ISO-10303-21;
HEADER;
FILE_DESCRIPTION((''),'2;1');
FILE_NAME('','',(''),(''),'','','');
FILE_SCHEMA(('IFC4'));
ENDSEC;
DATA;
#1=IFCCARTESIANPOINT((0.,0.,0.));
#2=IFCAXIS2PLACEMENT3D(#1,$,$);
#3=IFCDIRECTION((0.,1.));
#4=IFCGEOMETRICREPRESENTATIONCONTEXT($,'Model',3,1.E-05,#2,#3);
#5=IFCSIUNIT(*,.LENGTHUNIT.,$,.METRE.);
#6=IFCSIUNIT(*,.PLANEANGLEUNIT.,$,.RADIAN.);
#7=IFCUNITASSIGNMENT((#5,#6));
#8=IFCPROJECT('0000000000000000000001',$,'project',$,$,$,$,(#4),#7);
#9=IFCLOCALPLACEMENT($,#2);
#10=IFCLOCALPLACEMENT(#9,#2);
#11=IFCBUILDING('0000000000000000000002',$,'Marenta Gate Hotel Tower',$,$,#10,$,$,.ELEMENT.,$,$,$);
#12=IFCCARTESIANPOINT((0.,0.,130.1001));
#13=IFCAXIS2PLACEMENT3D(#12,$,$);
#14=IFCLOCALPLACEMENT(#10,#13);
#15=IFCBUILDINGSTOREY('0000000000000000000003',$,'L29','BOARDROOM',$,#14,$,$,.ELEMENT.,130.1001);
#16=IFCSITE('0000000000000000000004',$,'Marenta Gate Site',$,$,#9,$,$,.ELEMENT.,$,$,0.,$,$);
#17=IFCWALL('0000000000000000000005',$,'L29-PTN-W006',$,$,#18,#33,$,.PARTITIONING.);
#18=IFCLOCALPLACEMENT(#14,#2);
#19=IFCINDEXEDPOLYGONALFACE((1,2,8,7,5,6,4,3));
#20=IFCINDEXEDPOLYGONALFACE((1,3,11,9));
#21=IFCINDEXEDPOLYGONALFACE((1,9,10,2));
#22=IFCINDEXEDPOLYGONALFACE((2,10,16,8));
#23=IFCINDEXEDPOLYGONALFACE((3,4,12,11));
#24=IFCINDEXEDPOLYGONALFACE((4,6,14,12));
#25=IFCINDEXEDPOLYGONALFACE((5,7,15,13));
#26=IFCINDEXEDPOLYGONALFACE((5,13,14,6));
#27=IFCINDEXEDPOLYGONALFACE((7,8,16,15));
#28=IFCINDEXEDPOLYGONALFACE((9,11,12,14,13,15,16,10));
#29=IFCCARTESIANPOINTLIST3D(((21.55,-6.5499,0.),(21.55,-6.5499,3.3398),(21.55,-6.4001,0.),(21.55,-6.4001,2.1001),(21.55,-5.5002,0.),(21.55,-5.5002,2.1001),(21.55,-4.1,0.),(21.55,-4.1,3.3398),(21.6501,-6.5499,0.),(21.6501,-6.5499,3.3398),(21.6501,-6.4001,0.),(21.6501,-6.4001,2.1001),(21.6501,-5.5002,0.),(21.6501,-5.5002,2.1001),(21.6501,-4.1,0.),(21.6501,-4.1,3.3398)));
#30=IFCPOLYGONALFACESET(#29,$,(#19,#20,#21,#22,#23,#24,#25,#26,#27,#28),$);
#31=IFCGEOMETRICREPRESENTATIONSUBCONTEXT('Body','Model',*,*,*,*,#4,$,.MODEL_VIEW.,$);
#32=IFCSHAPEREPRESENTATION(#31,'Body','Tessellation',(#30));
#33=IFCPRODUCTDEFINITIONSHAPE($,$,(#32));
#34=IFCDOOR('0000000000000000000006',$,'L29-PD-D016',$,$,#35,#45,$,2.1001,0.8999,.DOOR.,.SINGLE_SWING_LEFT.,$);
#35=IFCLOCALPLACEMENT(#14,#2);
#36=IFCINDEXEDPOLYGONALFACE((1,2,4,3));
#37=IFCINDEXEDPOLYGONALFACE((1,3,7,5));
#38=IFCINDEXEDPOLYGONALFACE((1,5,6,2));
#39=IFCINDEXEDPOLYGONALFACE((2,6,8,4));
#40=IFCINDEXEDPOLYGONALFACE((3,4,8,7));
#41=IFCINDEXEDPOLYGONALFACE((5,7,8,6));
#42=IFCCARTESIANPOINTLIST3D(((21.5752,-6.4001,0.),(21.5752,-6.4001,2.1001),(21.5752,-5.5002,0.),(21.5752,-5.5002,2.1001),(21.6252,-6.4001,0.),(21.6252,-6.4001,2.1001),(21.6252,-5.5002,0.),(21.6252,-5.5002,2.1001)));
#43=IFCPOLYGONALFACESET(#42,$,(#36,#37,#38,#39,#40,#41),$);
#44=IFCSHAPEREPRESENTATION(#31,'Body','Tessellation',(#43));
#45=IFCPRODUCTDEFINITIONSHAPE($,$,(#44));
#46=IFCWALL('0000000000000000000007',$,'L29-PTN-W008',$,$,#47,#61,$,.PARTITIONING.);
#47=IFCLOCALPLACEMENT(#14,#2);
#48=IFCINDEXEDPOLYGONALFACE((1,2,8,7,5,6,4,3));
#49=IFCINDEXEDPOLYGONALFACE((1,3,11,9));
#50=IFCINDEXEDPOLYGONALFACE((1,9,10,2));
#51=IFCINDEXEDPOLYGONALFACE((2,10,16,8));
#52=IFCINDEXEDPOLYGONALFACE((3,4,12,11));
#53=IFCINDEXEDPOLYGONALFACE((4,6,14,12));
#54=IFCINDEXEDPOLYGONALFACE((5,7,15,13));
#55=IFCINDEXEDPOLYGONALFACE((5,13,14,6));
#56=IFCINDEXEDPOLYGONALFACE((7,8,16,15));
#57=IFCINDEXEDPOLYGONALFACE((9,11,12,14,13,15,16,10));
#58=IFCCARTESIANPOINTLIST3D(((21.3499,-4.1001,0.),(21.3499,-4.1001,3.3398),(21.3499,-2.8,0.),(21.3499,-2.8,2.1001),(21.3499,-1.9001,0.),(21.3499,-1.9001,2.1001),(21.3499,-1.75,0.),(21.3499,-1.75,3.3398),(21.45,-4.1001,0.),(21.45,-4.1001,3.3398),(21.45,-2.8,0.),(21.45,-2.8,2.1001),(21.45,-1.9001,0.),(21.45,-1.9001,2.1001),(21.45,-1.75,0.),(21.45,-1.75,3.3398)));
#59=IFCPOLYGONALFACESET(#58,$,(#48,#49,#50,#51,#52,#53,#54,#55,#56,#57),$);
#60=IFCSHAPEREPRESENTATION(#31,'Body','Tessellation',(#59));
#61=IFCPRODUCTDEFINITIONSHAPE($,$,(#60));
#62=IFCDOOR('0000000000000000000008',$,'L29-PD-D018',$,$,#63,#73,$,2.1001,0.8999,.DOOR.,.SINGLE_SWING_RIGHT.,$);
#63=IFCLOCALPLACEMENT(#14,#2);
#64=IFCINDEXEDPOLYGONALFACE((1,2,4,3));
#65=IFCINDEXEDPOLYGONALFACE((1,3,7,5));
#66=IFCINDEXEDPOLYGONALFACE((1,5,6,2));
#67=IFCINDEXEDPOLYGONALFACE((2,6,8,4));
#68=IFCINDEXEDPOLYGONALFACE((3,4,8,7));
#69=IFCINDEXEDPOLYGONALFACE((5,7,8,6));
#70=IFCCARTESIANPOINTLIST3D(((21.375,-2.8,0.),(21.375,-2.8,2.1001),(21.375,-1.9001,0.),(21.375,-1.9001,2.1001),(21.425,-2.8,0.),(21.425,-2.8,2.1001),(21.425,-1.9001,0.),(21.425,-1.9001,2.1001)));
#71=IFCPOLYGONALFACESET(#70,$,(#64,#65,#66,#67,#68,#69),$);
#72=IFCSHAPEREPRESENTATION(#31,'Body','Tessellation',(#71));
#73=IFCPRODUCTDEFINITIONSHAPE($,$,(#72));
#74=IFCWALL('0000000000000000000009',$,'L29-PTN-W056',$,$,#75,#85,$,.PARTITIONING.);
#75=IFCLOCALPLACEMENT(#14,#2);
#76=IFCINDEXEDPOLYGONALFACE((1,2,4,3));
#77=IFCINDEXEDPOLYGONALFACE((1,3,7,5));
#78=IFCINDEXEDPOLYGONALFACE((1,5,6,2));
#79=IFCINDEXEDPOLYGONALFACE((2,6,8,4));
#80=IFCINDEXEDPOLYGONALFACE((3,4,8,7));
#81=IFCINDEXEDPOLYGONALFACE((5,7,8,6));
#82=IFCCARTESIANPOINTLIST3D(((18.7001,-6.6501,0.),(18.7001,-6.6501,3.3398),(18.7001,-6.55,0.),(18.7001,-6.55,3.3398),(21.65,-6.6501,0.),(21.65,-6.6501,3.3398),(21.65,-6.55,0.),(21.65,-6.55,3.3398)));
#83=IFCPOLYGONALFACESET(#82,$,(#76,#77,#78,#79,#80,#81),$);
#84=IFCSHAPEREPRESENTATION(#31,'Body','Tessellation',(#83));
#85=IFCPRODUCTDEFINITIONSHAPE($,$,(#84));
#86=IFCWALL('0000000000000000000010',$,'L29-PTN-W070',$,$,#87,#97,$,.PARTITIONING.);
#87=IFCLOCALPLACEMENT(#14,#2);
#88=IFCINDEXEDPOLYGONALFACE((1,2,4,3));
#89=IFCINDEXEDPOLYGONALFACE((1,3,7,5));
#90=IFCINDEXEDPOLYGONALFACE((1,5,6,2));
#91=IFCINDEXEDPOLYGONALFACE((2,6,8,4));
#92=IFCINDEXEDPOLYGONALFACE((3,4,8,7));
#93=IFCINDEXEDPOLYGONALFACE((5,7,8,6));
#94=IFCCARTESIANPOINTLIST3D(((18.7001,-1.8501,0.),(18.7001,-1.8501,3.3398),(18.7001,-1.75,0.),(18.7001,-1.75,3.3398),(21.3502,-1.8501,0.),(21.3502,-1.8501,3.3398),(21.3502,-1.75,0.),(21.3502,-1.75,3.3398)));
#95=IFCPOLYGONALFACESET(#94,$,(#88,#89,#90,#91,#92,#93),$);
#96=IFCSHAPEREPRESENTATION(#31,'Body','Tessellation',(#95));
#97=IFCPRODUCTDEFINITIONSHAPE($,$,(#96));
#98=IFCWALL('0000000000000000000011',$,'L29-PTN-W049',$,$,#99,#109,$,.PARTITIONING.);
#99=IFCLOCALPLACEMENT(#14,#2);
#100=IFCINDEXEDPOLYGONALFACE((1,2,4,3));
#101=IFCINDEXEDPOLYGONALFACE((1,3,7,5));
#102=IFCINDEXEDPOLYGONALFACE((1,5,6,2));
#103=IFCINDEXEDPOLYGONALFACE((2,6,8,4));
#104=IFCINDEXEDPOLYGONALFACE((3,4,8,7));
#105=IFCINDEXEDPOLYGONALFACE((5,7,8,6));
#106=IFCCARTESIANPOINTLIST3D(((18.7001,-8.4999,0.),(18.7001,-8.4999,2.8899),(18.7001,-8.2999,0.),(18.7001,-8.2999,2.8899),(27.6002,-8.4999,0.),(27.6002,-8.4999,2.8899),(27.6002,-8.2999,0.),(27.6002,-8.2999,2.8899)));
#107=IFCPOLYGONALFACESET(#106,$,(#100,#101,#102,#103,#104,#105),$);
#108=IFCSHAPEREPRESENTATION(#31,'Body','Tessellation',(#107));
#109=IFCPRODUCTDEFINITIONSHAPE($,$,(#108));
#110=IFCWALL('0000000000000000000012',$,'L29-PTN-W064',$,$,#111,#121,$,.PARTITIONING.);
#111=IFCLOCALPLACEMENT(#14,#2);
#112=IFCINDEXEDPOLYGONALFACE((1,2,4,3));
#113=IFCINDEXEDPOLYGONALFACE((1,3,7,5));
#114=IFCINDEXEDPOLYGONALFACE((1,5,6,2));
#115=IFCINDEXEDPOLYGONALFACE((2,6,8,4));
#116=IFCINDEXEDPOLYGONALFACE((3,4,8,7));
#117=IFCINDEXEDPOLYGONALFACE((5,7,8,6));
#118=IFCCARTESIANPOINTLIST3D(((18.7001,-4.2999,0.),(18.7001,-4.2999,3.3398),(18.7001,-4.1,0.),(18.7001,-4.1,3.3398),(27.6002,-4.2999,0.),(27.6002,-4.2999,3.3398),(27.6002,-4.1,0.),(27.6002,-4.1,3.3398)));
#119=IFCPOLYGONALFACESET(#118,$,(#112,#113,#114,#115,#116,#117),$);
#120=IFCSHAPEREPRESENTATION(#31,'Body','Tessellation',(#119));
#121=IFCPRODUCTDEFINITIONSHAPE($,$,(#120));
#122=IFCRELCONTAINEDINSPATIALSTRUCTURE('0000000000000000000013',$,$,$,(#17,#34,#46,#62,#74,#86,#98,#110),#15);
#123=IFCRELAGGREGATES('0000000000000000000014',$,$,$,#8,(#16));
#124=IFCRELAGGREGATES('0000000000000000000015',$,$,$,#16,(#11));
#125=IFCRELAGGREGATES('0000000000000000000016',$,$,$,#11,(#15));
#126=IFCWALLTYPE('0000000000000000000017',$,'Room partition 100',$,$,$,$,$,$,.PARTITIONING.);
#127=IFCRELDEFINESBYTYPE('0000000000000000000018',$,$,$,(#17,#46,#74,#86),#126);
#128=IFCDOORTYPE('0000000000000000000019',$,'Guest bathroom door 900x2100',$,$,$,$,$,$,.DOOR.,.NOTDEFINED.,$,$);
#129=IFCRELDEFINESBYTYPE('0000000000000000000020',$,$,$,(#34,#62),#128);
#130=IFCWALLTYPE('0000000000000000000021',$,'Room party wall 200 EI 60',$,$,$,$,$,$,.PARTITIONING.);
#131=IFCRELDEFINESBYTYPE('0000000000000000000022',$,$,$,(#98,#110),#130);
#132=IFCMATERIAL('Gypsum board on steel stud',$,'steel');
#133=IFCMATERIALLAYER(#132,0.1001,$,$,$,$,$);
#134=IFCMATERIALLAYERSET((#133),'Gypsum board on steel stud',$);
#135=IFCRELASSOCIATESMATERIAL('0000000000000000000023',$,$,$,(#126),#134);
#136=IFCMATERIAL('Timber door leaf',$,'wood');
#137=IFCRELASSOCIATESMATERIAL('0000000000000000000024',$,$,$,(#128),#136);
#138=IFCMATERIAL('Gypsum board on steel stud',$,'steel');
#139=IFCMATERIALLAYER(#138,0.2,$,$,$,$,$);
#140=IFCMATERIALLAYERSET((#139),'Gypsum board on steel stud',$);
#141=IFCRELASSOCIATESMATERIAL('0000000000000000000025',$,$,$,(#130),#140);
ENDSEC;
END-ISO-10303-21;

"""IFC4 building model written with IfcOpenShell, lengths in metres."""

from ifc_helpers import new_model, si_unit, direction, frame, frame_2d, origin, place, context, subcontext, project, spatial, rectangle, extrude, material, layer, layer_set, type_object, element, fill, save


model = new_model("IFC4")

# Units and contexts
model_context = context("Model", 3, precision=1e-05, world=origin(), true_north=direction((0.0, 1.0)))
body_context = subcontext(model_context, "Body", "Model", "MODEL_VIEW")
ifc_project = project(units=[si_unit("LENGTHUNIT", "METRE"), si_unit("PLANEANGLEUNIT", "RADIAN")], contexts=[model_context])

# Site, building, storey
site_placement = place(None, origin())
site = spatial("IfcSite", under=ifc_project, at=site_placement, Name="Marenta Gate Site", CompositionType="ELEMENT", RefElevation=0.0)
building_placement = place(site_placement, origin())
building = spatial("IfcBuilding", under=site, at=building_placement, Name="Marenta Gate Hotel Tower", CompositionType="ELEMENT")
storey_placement = place(building_placement, frame((0.0, 0.0, 130.1001)))
storey = spatial("IfcBuildingStorey", under=building, at=storey_placement, Name="L29", Description="BOARDROOM", CompositionType="ELEMENT", Elevation=130.1001)

# Walls, openings, doors
ifc_material_1 = material(Name="Gypsum board on steel stud", Category="steel")
ifc_layer_1 = layer(ifc_material_1, 0.1001)
ifc_layer_set_1 = layer_set([ifc_layer_1], Name="Gypsum board on steel stud")
wall_type_1 = type_object("IfcWallType", Name="Room partition 100", PredefinedType="PARTITIONING", material=ifc_layer_set_1)
wall_1_placement = place(storey_placement, frame((21.6001, -6.55, 0.0), z_axis=(0.0, 0.0, 1.0), x_axis=(0.0, 1.0, 0.0)))
wall_1 = element("IfcWall", 1, at=wall_1_placement, inside=storey, type_object=wall_type_1, Name="L29-PTN-W006", PredefinedType="PARTITIONING", context=body_context, shape_type="SweptSolid", body=[
    extrude(rectangle(XDim=2.45, YDim=0.1001, at=frame_2d((1.2251, 0.0))), origin(), (0.0, 0.0, 1.0), 3.3398),
])
opening_1_placement = place(wall_1_placement, frame((0.1499, 0.0, 0.0)))
opening_1 = element("IfcOpeningElement", 2, at=opening_1_placement, cuts=wall_1, PredefinedType="OPENING", context=body_context, shape_type="SweptSolid", body=[
    extrude(rectangle(XDim=0.8999, YDim=2.1001, at=frame_2d((0.45, 1.05))), frame((0.0, 0.05, 0.0), z_axis=(0.0, -1.0, 0.0), x_axis=(1.0, 0.0, 0.0)), (0.0, 0.0, 1.0), 0.1001),
])
ifc_material_2 = material(Name="Timber door leaf", Category="wood")
door_type_1 = type_object("IfcDoorType", Name="Guest bathroom door 900x2100", OperationType="NOTDEFINED", PredefinedType="DOOR", material=ifc_material_2)
door_1_placement = place(opening_1_placement, origin())
door_1 = element("IfcDoor", 3, at=door_1_placement, inside=storey, type_object=door_type_1, Name="L29-PD-D016", OperationType="SINGLE_SWING_LEFT", OverallHeight=2.1001, OverallWidth=0.8999, PredefinedType="DOOR", context=body_context, shape_type="SweptSolid", body=[
    extrude(rectangle(XDim=0.8999, YDim=2.1001, at=frame_2d((0.45, 1.05))), frame((0.0, 0.0249, 0.0), z_axis=(0.0, -1.0, 0.0), x_axis=(1.0, 0.0, 0.0)), (0.0, 0.0, 1.0), 0.05),
])
fill(opening_1, door_1)
wall_2_placement = place(storey_placement, frame((21.3999, -4.1001, 0.0), z_axis=(0.0, 0.0, 1.0), x_axis=(0.0, 1.0, 0.0)))
wall_2 = element("IfcWall", 4, at=wall_2_placement, inside=storey, type_object=wall_type_1, Name="L29-PTN-W008", PredefinedType="PARTITIONING", context=body_context, shape_type="SweptSolid", body=[
    extrude(rectangle(XDim=2.3501, YDim=0.1001, at=frame_2d((1.175, 0.0))), origin(), (0.0, 0.0, 1.0), 3.3398),
])
opening_2_placement = place(wall_2_placement, frame((1.3, 0.0, 0.0)))
opening_2 = element("IfcOpeningElement", 5, at=opening_2_placement, cuts=wall_2, PredefinedType="OPENING", context=body_context, shape_type="SweptSolid", body=[
    extrude(rectangle(XDim=0.8999, YDim=2.1001, at=frame_2d((0.45, 1.05))), frame((0.0, 0.05, 0.0), z_axis=(0.0, -1.0, 0.0), x_axis=(1.0, 0.0, 0.0)), (0.0, 0.0, 1.0), 0.1001),
])
door_2_placement = place(opening_2_placement, origin())
door_2 = element("IfcDoor", 6, at=door_2_placement, inside=storey, type_object=door_type_1, Name="L29-PD-D018", OperationType="SINGLE_SWING_RIGHT", OverallHeight=2.1001, OverallWidth=0.8999, PredefinedType="DOOR", context=body_context, shape_type="SweptSolid", body=[
    extrude(rectangle(XDim=0.8999, YDim=2.1001, at=frame_2d((0.45, 1.05))), frame((0.0, 0.0249, 0.0), z_axis=(0.0, -1.0, 0.0), x_axis=(1.0, 0.0, 0.0)), (0.0, 0.0, 1.0), 0.05),
])
fill(opening_2, door_2)

# Walls
wall_3_placement = place(storey_placement, frame((18.7, -6.6001, 0.0), z_axis=(0.0, 0.0, 1.0), x_axis=(1.0, 0.0, 0.0)))
element("IfcWall", 7, at=wall_3_placement, inside=storey, type_object=wall_type_1, Name="L29-PTN-W056", PredefinedType="PARTITIONING", context=body_context, shape_type="SweptSolid", body=[
    extrude(rectangle(XDim=2.95, YDim=0.1001, at=frame_2d((1.4751, 0.0))), origin(), (0.0, 0.0, 1.0), 3.3398),
])
wall_4_placement = place(storey_placement, frame((18.7, -1.8, 0.0), z_axis=(0.0, 0.0, 1.0), x_axis=(1.0, 0.0, 0.0)))
element("IfcWall", 8, at=wall_4_placement, inside=storey, type_object=wall_type_1, Name="L29-PTN-W070", PredefinedType="PARTITIONING", context=body_context, shape_type="SweptSolid", body=[
    extrude(rectangle(XDim=2.6501, YDim=0.1001, at=frame_2d((1.3252, 0.0))), origin(), (0.0, 0.0, 1.0), 3.3398),
])
ifc_material_3 = material(Name="Gypsum board on steel stud", Category="steel")
ifc_layer_2 = layer(ifc_material_3, 0.2)
ifc_layer_set_2 = layer_set([ifc_layer_2], Name="Gypsum board on steel stud")
wall_type_2 = type_object("IfcWallType", Name="Room party wall 200 EI 60", PredefinedType="PARTITIONING", material=ifc_layer_set_2)
wall_5_placement = place(storey_placement, frame((18.7, -8.3999, 0.0), z_axis=(0.0, 0.0, 1.0), x_axis=(1.0, 0.0, 0.0)))
element("IfcWall", 9, at=wall_5_placement, inside=storey, type_object=wall_type_2, Name="L29-PTN-W049", PredefinedType="PARTITIONING", context=body_context, shape_type="SweptSolid", body=[
    extrude(rectangle(XDim=8.9001, YDim=0.2, at=frame_2d((4.4502, 0.0))), origin(), (0.0, 0.0, 1.0), 2.8899),
])
wall_6_placement = place(storey_placement, frame((18.7, -4.2, 0.0), z_axis=(0.0, 0.0, 1.0), x_axis=(1.0, 0.0, 0.0)))
element("IfcWall", 10, at=wall_6_placement, inside=storey, type_object=wall_type_2, Name="L29-PTN-W064", PredefinedType="PARTITIONING", context=body_context, shape_type="SweptSolid", body=[
    extrude(rectangle(XDim=8.9001, YDim=0.2, at=frame_2d((4.4502, 0.0))), origin(), (0.0, 0.0, 1.0), 3.3398),
])

save(model, "model.ifc")
